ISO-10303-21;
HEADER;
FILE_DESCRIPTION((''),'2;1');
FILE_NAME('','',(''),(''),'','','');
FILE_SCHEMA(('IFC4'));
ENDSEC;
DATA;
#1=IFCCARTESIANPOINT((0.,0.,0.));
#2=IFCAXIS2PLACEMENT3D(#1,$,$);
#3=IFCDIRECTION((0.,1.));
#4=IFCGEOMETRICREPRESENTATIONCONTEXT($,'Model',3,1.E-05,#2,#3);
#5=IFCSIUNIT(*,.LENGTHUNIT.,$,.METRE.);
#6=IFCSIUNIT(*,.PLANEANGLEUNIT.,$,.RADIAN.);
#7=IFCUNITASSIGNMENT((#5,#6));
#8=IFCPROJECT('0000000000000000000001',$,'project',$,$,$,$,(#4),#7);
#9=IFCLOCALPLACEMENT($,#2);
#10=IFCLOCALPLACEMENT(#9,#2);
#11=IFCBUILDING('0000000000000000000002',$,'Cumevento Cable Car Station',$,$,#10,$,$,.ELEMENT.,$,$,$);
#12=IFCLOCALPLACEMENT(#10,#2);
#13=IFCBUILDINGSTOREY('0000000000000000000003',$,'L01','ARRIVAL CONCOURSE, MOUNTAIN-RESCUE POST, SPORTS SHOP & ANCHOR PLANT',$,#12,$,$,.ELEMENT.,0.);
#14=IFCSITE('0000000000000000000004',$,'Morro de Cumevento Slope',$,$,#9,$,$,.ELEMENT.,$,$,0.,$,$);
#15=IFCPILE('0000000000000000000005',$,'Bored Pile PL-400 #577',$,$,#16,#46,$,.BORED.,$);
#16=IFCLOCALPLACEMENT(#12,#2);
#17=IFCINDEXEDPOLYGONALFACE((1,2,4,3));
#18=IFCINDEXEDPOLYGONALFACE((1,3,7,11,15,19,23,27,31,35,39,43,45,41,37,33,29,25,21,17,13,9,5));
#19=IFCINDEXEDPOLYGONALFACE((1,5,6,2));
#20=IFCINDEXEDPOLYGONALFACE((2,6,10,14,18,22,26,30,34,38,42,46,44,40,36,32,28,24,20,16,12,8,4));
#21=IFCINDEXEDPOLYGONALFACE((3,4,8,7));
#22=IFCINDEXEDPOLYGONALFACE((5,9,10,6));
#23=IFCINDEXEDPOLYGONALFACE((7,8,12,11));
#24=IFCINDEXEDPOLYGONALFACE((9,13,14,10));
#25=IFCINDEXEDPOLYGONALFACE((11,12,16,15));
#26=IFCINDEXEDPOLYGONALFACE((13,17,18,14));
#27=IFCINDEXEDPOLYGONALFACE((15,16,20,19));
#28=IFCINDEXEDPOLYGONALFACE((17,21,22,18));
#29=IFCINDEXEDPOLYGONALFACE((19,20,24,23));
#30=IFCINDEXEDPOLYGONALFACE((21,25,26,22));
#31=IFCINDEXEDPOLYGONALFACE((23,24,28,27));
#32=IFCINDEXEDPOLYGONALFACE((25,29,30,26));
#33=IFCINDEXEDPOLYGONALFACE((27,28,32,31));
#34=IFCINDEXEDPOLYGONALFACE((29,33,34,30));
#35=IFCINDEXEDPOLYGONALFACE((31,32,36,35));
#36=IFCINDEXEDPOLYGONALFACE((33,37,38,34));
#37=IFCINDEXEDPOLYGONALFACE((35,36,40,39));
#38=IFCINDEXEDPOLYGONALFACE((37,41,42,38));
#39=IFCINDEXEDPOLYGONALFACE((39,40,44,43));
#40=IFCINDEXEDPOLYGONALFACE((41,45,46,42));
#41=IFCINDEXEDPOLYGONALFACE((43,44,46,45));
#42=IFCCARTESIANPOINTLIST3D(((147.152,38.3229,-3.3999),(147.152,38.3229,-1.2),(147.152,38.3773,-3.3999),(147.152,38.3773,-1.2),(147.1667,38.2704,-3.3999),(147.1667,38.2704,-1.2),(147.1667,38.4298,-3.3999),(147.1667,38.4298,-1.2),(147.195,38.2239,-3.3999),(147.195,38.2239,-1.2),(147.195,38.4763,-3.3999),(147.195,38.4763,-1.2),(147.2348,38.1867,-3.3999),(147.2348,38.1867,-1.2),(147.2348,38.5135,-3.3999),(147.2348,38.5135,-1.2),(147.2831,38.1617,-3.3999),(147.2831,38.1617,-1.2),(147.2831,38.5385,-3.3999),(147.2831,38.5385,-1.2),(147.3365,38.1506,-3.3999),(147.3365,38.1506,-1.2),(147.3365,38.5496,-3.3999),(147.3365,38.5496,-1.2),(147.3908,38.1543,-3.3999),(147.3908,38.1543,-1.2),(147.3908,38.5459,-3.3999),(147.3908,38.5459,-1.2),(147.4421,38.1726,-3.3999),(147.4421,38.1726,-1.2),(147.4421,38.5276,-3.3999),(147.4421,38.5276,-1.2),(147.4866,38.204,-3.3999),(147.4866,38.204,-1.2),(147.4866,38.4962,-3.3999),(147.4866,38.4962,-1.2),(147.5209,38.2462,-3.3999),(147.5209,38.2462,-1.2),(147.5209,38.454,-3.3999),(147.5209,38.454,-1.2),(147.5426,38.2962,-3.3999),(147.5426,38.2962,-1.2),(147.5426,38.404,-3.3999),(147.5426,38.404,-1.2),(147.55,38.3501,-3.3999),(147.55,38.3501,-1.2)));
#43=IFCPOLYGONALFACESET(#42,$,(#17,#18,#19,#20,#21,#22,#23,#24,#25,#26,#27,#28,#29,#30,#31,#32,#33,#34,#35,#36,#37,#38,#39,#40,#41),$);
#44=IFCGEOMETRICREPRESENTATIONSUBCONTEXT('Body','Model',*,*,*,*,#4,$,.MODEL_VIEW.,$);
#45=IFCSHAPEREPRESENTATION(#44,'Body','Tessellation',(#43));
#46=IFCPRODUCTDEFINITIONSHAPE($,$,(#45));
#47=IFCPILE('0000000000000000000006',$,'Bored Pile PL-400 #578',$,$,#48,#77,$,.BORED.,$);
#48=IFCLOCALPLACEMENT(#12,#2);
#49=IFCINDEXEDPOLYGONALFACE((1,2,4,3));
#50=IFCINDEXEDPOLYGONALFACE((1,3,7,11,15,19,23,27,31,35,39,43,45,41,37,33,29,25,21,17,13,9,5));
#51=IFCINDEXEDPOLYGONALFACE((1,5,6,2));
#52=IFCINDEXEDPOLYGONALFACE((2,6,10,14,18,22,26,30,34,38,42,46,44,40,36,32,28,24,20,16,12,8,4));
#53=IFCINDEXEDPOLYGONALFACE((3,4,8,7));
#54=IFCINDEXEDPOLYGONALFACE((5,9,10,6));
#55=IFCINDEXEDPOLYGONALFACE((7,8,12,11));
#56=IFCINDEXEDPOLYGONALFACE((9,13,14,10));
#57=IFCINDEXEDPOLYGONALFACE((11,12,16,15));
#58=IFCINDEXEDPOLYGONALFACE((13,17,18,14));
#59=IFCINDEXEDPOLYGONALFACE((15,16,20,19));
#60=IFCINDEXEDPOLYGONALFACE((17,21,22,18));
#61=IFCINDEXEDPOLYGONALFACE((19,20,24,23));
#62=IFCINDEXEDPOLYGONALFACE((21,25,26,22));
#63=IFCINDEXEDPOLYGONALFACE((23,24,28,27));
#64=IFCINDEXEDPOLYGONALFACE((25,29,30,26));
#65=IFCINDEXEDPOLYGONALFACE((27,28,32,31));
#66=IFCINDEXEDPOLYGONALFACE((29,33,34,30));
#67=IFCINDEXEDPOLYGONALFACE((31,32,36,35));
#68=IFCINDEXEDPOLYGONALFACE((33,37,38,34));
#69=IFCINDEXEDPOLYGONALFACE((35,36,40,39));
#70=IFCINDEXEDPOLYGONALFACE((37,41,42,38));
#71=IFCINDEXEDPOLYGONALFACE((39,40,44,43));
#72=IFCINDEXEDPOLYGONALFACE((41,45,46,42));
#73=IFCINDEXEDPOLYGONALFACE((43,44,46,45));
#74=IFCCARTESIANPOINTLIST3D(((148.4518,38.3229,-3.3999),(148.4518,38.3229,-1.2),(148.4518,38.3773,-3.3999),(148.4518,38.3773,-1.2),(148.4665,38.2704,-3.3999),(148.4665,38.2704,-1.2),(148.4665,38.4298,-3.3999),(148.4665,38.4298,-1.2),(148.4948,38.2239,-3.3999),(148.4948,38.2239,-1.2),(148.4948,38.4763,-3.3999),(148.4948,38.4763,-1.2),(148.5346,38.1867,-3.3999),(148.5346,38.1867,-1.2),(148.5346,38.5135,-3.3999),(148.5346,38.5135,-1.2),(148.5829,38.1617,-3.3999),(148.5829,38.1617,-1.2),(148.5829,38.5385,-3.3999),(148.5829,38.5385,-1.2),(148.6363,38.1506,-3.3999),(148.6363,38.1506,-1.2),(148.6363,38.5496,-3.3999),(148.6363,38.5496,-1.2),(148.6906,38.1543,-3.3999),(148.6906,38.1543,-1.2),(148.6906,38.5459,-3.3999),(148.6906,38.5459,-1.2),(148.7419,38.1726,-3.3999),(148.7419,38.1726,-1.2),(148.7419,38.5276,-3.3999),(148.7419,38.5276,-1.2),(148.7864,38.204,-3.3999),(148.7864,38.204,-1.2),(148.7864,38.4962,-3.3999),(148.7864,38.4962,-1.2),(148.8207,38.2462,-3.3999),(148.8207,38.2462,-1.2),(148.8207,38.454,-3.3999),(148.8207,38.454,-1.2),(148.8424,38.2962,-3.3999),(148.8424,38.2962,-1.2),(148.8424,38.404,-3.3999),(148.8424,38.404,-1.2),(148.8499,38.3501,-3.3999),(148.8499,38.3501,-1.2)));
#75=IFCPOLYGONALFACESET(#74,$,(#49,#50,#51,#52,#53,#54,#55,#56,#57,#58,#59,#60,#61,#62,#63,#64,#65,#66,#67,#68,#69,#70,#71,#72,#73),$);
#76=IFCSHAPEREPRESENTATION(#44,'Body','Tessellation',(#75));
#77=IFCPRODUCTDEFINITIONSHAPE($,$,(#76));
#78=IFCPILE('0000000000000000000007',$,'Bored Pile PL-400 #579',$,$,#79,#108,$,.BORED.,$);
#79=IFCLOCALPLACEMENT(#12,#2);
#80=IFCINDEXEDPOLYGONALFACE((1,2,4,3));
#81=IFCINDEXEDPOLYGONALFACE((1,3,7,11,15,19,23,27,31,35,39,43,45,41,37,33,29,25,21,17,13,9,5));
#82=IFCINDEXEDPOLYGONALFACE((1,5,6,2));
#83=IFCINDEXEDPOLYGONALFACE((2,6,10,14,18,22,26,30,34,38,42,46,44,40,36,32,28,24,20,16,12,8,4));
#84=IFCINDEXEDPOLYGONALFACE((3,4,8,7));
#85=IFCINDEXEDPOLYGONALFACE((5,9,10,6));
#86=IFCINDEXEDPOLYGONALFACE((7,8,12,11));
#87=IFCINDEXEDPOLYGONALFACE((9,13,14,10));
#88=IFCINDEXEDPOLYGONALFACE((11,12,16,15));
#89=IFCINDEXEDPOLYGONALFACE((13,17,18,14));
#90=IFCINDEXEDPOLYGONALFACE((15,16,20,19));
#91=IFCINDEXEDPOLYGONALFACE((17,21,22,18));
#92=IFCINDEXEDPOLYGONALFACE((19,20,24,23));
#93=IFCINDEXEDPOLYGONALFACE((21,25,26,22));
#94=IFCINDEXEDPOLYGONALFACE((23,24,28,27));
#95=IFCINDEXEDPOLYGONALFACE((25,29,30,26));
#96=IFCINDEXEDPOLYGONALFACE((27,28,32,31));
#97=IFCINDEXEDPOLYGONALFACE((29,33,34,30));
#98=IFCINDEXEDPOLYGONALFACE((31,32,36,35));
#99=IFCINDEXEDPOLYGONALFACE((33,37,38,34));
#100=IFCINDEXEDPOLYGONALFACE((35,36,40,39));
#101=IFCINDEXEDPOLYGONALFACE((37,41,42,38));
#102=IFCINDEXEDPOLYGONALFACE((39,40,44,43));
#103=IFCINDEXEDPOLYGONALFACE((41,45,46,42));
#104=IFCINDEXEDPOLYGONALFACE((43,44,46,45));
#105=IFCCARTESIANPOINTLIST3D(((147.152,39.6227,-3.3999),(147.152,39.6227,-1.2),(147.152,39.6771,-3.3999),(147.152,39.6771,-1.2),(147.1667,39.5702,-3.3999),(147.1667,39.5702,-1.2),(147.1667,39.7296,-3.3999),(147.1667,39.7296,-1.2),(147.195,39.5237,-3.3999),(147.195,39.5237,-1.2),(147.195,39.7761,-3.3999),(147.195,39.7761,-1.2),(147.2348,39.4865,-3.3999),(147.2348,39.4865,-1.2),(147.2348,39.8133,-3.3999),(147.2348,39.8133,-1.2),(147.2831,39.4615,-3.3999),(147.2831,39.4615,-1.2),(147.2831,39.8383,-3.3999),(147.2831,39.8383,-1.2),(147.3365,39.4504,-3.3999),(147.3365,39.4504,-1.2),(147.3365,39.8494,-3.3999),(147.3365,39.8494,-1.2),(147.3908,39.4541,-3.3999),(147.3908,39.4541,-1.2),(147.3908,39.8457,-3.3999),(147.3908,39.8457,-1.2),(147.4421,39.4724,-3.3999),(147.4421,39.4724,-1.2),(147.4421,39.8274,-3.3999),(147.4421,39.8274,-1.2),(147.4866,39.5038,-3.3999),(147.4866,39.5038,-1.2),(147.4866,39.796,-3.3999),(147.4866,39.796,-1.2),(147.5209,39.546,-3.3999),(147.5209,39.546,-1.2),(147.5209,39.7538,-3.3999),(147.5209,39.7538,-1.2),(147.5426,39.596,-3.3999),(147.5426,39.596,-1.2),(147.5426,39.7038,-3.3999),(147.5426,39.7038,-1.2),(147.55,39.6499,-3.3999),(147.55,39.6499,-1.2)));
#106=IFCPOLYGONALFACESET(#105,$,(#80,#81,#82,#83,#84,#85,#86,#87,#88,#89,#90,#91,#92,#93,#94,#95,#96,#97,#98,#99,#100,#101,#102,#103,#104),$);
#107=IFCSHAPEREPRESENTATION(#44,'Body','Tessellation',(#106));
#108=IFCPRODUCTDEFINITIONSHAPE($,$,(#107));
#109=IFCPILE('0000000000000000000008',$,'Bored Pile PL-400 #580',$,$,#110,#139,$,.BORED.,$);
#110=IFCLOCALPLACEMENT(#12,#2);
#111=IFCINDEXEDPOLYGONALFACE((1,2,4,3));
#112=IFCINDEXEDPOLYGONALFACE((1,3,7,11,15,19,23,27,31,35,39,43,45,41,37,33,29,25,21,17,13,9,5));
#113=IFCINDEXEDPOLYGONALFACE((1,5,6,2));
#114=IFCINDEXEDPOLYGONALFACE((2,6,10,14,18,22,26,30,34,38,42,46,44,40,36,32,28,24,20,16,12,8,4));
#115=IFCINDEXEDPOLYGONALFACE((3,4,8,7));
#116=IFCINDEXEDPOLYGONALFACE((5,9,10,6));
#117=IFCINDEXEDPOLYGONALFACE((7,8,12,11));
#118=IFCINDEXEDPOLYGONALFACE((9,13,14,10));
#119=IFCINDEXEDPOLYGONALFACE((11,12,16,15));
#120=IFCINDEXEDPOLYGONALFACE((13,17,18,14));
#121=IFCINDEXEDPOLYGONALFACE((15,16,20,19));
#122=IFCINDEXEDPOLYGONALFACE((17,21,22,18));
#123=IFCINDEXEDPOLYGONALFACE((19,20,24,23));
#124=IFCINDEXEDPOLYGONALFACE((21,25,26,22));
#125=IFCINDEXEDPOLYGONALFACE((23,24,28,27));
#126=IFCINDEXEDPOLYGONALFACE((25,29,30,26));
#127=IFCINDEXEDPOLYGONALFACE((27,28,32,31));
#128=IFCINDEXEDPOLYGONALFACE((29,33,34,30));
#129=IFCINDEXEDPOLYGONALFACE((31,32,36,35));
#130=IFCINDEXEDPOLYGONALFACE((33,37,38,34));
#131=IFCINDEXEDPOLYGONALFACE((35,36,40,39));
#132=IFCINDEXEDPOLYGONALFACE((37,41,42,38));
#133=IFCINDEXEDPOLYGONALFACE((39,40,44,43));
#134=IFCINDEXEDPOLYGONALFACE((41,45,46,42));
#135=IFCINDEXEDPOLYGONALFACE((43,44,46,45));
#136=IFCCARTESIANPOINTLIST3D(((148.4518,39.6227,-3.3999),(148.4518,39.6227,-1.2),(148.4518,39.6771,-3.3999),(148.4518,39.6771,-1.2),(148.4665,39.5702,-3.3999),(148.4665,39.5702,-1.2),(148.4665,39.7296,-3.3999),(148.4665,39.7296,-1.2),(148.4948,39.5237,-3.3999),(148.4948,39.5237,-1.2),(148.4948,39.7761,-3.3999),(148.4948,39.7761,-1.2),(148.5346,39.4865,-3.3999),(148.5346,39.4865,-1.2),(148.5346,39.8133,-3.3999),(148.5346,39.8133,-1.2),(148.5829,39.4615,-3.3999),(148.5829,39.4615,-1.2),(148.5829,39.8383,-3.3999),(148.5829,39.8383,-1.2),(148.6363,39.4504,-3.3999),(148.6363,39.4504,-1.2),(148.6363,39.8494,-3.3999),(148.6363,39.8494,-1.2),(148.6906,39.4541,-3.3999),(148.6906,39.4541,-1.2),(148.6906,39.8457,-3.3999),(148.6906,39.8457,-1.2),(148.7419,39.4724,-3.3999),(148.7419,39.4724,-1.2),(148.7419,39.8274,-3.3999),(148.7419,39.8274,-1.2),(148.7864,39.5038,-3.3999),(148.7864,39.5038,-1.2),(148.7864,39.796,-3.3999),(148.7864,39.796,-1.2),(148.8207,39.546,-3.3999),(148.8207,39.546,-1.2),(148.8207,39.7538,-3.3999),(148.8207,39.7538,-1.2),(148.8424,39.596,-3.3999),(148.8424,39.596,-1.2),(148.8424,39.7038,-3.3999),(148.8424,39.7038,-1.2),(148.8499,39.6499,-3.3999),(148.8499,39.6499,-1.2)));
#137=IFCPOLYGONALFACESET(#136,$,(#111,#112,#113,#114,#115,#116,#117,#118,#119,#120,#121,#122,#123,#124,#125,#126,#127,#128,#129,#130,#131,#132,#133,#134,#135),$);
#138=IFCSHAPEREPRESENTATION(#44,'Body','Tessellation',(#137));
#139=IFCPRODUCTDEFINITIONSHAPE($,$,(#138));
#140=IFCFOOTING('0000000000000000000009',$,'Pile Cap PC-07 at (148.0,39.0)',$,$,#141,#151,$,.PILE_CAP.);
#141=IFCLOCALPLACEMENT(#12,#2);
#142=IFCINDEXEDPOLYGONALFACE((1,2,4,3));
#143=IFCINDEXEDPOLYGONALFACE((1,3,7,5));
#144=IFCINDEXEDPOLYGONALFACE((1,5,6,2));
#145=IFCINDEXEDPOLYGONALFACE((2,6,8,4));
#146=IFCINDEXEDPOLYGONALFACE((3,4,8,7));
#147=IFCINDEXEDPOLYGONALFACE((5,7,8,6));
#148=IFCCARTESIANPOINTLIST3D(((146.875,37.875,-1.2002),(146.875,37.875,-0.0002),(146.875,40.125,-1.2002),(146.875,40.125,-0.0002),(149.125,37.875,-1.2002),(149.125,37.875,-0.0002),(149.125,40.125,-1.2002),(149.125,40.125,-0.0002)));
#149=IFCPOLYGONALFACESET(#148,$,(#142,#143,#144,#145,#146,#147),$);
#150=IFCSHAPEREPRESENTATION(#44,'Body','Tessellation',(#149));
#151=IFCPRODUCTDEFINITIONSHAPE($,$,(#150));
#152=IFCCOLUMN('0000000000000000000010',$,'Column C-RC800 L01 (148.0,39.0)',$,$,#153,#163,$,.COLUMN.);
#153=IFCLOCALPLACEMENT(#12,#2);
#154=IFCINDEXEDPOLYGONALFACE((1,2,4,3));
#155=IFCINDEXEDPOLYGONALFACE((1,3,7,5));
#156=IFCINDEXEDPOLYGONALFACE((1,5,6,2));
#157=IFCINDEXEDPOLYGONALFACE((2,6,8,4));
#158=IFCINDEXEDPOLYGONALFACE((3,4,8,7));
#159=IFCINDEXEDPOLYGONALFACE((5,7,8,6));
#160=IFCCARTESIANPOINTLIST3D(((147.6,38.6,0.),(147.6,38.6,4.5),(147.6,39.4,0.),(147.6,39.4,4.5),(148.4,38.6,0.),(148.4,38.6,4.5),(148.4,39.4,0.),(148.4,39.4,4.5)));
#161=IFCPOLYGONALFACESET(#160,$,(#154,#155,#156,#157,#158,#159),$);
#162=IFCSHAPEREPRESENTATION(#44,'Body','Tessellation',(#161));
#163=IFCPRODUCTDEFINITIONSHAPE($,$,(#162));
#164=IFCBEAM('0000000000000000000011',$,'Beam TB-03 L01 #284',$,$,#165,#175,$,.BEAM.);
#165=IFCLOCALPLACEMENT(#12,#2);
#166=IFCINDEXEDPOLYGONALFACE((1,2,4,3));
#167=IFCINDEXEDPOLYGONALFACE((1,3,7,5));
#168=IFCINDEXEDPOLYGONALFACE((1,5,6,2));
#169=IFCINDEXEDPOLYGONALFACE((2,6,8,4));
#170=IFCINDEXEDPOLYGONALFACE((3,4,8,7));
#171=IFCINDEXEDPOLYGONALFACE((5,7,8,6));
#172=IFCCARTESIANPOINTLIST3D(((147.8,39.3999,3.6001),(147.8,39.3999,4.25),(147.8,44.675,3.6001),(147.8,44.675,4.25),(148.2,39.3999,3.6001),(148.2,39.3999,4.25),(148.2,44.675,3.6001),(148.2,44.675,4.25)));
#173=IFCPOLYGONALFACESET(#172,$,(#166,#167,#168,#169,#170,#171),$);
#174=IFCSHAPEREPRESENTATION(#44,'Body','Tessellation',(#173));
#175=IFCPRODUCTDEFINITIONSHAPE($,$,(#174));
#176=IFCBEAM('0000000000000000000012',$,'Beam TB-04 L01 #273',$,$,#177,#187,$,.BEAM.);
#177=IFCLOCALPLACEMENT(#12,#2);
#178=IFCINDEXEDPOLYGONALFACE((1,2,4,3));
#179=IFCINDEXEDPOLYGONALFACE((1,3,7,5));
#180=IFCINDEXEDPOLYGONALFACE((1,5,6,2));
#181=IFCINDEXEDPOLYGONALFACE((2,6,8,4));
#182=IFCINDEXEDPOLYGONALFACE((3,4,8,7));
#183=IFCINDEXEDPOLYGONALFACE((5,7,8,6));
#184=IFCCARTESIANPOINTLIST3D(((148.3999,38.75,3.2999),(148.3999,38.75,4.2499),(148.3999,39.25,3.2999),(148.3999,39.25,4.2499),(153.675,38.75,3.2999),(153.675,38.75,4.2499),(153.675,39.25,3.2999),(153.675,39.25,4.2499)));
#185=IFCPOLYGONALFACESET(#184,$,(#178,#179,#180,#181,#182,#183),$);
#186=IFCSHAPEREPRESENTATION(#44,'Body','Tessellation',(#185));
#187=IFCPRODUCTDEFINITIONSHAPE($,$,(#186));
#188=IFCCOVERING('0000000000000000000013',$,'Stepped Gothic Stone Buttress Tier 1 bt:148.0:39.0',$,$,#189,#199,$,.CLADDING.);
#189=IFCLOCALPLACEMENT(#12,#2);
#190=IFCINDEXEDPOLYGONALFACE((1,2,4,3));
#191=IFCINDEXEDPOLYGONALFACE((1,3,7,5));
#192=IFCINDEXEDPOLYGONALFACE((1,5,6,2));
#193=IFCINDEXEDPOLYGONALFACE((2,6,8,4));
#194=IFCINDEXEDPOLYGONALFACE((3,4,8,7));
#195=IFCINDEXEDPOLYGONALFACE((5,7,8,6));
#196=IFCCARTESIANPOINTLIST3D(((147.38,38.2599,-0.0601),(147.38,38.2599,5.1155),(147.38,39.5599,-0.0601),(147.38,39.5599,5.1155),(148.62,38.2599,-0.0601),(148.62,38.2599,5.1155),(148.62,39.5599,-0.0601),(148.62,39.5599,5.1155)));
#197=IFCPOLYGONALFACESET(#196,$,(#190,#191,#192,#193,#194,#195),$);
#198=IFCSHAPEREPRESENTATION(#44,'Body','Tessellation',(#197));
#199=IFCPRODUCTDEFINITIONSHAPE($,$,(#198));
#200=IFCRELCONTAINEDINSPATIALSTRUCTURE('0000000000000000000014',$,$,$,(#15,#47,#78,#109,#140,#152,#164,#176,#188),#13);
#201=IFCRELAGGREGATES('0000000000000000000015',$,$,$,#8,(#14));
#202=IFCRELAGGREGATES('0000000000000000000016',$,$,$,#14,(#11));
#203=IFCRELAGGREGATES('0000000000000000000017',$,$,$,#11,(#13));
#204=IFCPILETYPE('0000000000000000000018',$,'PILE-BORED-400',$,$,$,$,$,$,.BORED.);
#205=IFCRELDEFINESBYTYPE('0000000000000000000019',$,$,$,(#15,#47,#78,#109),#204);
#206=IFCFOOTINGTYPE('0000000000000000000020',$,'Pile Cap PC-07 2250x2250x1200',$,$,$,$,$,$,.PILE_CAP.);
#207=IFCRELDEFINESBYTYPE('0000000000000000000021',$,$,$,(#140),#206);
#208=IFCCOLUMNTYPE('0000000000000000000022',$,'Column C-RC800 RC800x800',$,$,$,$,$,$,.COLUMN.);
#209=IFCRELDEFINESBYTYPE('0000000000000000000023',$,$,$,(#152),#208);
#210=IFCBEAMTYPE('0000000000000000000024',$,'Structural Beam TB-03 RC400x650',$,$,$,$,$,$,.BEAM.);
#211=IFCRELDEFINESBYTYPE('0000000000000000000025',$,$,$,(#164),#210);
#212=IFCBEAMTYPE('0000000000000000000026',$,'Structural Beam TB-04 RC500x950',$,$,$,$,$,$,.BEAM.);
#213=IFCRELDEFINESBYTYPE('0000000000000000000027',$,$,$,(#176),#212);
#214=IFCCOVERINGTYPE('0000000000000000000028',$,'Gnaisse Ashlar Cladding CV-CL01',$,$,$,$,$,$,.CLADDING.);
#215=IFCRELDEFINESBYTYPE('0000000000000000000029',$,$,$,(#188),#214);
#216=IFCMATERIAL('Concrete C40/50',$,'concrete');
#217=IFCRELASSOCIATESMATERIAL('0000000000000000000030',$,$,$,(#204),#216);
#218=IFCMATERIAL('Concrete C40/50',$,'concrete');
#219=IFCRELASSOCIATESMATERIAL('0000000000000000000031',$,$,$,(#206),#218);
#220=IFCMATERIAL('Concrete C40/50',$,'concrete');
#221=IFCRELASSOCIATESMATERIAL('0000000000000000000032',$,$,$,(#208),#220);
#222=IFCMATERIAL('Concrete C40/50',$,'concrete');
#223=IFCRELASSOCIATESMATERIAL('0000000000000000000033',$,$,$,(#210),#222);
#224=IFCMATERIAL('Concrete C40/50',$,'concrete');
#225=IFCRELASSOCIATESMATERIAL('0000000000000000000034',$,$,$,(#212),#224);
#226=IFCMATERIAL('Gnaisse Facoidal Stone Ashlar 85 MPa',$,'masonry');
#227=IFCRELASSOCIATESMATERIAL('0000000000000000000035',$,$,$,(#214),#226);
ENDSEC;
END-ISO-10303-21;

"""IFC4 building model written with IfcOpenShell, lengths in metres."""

from ifc_helpers import new_model, si_unit, direction, frame, origin, origin_2d, place, context, subcontext, project, spatial, rectangle, circle, extrude, material, material_profile, profile_set, type_object, element, save


model = new_model("IFC4")

# Units and contexts
model_context = context("Model", 3, precision=1e-05, world=origin(), true_north=direction((0.0, 1.0)))
body_context = subcontext(model_context, "Body", "Model", "MODEL_VIEW")
ifc_project = project(units=[si_unit("LENGTHUNIT", "METRE"), si_unit("PLANEANGLEUNIT", "RADIAN")], contexts=[model_context])

# Site, building, storey
site_placement = place(None, origin())
site = spatial("IfcSite", under=ifc_project, at=site_placement, Name="Morro de Cumevento Slope", CompositionType="ELEMENT", RefElevation=0.0)
building_placement = place(site_placement, origin())
building = spatial("IfcBuilding", under=site, at=building_placement, Name="Cumevento Cable Car Station", CompositionType="ELEMENT")
storey_placement = place(building_placement, origin())
storey = spatial("IfcBuildingStorey", under=building, at=storey_placement, Name="L01", Description="ARRIVAL CONCOURSE, MOUNTAIN-RESCUE POST, SPORTS SHOP & ANCHOR PLANT", CompositionType="ELEMENT", Elevation=0.0)

# Piles
ifc_material_1 = material(Name="Concrete C40/50", Category="concrete")
ifc_material_profile_1 = material_profile(ifc_material_1, circle(Radius=0.2, at=origin_2d()), Name="PILE-D400")
ifc_profile_set_1 = profile_set([ifc_material_profile_1], Name="Concrete C40/50")
pile_type = type_object("IfcPileType", Name="PILE-BORED-400", PredefinedType="BORED", material=ifc_profile_set_1)
for number, where, z_axis, x_axis, name in (
    (1, (147.3501, 38.3501, -1.2), (0.0, 0.0, -1.0), (1.0, 0.0, 0.0), "Bored Pile PL-400 #577"),
    (2, (148.6499, 38.3501, -1.2), (0.0, 0.0, -1.0), (1.0, 0.0, 0.0), "Bored Pile PL-400 #578"),
    (3, (147.3501, 39.6499, -1.2), (0.0, 0.0, -1.0), (1.0, 0.0, 0.0), "Bored Pile PL-400 #579"),
    (4, (148.6499, 39.6499, -1.2), (0.0, 0.0, -1.0), (1.0, 0.0, 0.0), "Bored Pile PL-400 #580"),
):
    element("IfcPile", number, at=place(storey_placement, frame(where, z_axis=z_axis, x_axis=x_axis)), inside=storey, type_object=pile_type, Name=name, PredefinedType="BORED", context=body_context, shape_type="SweptSolid", body=[
        extrude(circle(Radius=0.2, at=origin_2d()), origin(), (0.0, 0.0, 1.0), 2.2),
    ])

# Footing
ifc_material_2 = material(Name="Concrete C40/50", Category="concrete")
footing_type = type_object("IfcFootingType", Name="Pile Cap PC-07 2250x2250x1200", PredefinedType="PILE_CAP", material=ifc_material_2)
footing_placement = place(storey_placement, frame((148.0, 39.0, -1.2002), z_axis=(0.0, 0.0, 1.0), x_axis=(1.0, 0.0, 0.0)))
element("IfcFooting", 5, at=footing_placement, inside=storey, type_object=footing_type, Name="Pile Cap PC-07 at (148.0,39.0)", PredefinedType="PILE_CAP", context=body_context, shape_type="SweptSolid", body=[
    extrude(rectangle(XDim=2.25, YDim=2.25, at=origin_2d()), origin(), (0.0, 0.0, 1.0), 1.2),
])

# Column
ifc_material_3 = material(Name="Concrete C40/50", Category="concrete")
ifc_material_profile_2 = material_profile(ifc_material_3, rectangle(XDim=0.8, YDim=0.8, at=origin_2d()), Name="RC800x800")
ifc_profile_set_2 = profile_set([ifc_material_profile_2], Name="Concrete C40/50")
column_type = type_object("IfcColumnType", Name="Column C-RC800 RC800x800", PredefinedType="COLUMN", material=ifc_profile_set_2)
column_placement = place(storey_placement, frame((148.0, 39.0, 0.0), z_axis=(0.0, 0.0, 1.0), x_axis=(1.0, 0.0, 0.0)))
element("IfcColumn", 6, at=column_placement, inside=storey, type_object=column_type, Name="Column C-RC800 L01 (148.0,39.0)", PredefinedType="COLUMN", context=body_context, shape_type="SweptSolid", body=[
    extrude(rectangle(XDim=0.8, YDim=0.8, at=origin_2d()), origin(), (0.0, 0.0, 1.0), 4.5),
])

# Beams
ifc_material_4 = material(Name="Concrete C40/50", Category="concrete")
ifc_material_profile_3 = material_profile(ifc_material_4, rectangle(XDim=0.3999, YDim=0.6499, at=origin_2d()), Name="RC400x650")
ifc_profile_set_3 = profile_set([ifc_material_profile_3], Name="Concrete C40/50")
beam_type_1 = type_object("IfcBeamType", Name="Structural Beam TB-03 RC400x650", PredefinedType="BEAM", material=ifc_profile_set_3)
beam_1_placement = place(storey_placement, frame((148.0, 39.3999, 3.925), z_axis=(0.0, 1.0, 0.0), x_axis=(-1.0, 0.0, 0.0)))
element("IfcBeam", 7, at=beam_1_placement, inside=storey, type_object=beam_type_1, Name="Beam TB-03 L01 #284", PredefinedType="BEAM", context=body_context, shape_type="SweptSolid", body=[
    extrude(rectangle(XDim=0.3999, YDim=0.6499, at=origin_2d()), origin(), (0.0, 0.0, 1.0), 5.2751),
])
ifc_material_5 = material(Name="Concrete C40/50", Category="concrete")
ifc_material_profile_4 = material_profile(ifc_material_5, rectangle(XDim=0.5, YDim=0.95, at=origin_2d()), Name="RC500x950")
ifc_profile_set_4 = profile_set([ifc_material_profile_4], Name="Concrete C40/50")
beam_type_2 = type_object("IfcBeamType", Name="Structural Beam TB-04 RC500x950", PredefinedType="BEAM", material=ifc_profile_set_4)
beam_2_placement = place(storey_placement, frame((148.3999, 39.0, 3.7749), z_axis=(1.0, 0.0, 0.0), x_axis=(0.0, 1.0, 0.0)))
element("IfcBeam", 8, at=beam_2_placement, inside=storey, type_object=beam_type_2, Name="Beam TB-04 L01 #273", PredefinedType="BEAM", context=body_context, shape_type="SweptSolid", body=[
    extrude(rectangle(XDim=0.5, YDim=0.95, at=origin_2d()), origin(), (0.0, 0.0, 1.0), 5.2751),
])

# Covering
ifc_material_6 = material(Name="Gnaisse Facoidal Stone Ashlar 85 MPa", Category="masonry")
covering_type = type_object("IfcCoveringType", Name="Gnaisse Ashlar Cladding CV-CL01", PredefinedType="CLADDING", material=ifc_material_6)
covering_1_placement = place(storey_placement, frame((148.0, 38.9099, -0.0601), z_axis=(0.0, 0.0, 1.0), x_axis=(1.0, 0.0, 0.0)))
element("IfcCovering", 9, at=covering_1_placement, inside=storey, type_object=covering_type, Name="Stepped Gothic Stone Buttress Tier 1 bt:148.0:39.0", PredefinedType="CLADDING", context=body_context, shape_type="SweptSolid", body=[
    extrude(rectangle(XDim=1.24, YDim=1.3, at=origin_2d()), origin(), (0.0, 0.0, 1.0), 5.1755),
])

save(model, "model.ifc")
